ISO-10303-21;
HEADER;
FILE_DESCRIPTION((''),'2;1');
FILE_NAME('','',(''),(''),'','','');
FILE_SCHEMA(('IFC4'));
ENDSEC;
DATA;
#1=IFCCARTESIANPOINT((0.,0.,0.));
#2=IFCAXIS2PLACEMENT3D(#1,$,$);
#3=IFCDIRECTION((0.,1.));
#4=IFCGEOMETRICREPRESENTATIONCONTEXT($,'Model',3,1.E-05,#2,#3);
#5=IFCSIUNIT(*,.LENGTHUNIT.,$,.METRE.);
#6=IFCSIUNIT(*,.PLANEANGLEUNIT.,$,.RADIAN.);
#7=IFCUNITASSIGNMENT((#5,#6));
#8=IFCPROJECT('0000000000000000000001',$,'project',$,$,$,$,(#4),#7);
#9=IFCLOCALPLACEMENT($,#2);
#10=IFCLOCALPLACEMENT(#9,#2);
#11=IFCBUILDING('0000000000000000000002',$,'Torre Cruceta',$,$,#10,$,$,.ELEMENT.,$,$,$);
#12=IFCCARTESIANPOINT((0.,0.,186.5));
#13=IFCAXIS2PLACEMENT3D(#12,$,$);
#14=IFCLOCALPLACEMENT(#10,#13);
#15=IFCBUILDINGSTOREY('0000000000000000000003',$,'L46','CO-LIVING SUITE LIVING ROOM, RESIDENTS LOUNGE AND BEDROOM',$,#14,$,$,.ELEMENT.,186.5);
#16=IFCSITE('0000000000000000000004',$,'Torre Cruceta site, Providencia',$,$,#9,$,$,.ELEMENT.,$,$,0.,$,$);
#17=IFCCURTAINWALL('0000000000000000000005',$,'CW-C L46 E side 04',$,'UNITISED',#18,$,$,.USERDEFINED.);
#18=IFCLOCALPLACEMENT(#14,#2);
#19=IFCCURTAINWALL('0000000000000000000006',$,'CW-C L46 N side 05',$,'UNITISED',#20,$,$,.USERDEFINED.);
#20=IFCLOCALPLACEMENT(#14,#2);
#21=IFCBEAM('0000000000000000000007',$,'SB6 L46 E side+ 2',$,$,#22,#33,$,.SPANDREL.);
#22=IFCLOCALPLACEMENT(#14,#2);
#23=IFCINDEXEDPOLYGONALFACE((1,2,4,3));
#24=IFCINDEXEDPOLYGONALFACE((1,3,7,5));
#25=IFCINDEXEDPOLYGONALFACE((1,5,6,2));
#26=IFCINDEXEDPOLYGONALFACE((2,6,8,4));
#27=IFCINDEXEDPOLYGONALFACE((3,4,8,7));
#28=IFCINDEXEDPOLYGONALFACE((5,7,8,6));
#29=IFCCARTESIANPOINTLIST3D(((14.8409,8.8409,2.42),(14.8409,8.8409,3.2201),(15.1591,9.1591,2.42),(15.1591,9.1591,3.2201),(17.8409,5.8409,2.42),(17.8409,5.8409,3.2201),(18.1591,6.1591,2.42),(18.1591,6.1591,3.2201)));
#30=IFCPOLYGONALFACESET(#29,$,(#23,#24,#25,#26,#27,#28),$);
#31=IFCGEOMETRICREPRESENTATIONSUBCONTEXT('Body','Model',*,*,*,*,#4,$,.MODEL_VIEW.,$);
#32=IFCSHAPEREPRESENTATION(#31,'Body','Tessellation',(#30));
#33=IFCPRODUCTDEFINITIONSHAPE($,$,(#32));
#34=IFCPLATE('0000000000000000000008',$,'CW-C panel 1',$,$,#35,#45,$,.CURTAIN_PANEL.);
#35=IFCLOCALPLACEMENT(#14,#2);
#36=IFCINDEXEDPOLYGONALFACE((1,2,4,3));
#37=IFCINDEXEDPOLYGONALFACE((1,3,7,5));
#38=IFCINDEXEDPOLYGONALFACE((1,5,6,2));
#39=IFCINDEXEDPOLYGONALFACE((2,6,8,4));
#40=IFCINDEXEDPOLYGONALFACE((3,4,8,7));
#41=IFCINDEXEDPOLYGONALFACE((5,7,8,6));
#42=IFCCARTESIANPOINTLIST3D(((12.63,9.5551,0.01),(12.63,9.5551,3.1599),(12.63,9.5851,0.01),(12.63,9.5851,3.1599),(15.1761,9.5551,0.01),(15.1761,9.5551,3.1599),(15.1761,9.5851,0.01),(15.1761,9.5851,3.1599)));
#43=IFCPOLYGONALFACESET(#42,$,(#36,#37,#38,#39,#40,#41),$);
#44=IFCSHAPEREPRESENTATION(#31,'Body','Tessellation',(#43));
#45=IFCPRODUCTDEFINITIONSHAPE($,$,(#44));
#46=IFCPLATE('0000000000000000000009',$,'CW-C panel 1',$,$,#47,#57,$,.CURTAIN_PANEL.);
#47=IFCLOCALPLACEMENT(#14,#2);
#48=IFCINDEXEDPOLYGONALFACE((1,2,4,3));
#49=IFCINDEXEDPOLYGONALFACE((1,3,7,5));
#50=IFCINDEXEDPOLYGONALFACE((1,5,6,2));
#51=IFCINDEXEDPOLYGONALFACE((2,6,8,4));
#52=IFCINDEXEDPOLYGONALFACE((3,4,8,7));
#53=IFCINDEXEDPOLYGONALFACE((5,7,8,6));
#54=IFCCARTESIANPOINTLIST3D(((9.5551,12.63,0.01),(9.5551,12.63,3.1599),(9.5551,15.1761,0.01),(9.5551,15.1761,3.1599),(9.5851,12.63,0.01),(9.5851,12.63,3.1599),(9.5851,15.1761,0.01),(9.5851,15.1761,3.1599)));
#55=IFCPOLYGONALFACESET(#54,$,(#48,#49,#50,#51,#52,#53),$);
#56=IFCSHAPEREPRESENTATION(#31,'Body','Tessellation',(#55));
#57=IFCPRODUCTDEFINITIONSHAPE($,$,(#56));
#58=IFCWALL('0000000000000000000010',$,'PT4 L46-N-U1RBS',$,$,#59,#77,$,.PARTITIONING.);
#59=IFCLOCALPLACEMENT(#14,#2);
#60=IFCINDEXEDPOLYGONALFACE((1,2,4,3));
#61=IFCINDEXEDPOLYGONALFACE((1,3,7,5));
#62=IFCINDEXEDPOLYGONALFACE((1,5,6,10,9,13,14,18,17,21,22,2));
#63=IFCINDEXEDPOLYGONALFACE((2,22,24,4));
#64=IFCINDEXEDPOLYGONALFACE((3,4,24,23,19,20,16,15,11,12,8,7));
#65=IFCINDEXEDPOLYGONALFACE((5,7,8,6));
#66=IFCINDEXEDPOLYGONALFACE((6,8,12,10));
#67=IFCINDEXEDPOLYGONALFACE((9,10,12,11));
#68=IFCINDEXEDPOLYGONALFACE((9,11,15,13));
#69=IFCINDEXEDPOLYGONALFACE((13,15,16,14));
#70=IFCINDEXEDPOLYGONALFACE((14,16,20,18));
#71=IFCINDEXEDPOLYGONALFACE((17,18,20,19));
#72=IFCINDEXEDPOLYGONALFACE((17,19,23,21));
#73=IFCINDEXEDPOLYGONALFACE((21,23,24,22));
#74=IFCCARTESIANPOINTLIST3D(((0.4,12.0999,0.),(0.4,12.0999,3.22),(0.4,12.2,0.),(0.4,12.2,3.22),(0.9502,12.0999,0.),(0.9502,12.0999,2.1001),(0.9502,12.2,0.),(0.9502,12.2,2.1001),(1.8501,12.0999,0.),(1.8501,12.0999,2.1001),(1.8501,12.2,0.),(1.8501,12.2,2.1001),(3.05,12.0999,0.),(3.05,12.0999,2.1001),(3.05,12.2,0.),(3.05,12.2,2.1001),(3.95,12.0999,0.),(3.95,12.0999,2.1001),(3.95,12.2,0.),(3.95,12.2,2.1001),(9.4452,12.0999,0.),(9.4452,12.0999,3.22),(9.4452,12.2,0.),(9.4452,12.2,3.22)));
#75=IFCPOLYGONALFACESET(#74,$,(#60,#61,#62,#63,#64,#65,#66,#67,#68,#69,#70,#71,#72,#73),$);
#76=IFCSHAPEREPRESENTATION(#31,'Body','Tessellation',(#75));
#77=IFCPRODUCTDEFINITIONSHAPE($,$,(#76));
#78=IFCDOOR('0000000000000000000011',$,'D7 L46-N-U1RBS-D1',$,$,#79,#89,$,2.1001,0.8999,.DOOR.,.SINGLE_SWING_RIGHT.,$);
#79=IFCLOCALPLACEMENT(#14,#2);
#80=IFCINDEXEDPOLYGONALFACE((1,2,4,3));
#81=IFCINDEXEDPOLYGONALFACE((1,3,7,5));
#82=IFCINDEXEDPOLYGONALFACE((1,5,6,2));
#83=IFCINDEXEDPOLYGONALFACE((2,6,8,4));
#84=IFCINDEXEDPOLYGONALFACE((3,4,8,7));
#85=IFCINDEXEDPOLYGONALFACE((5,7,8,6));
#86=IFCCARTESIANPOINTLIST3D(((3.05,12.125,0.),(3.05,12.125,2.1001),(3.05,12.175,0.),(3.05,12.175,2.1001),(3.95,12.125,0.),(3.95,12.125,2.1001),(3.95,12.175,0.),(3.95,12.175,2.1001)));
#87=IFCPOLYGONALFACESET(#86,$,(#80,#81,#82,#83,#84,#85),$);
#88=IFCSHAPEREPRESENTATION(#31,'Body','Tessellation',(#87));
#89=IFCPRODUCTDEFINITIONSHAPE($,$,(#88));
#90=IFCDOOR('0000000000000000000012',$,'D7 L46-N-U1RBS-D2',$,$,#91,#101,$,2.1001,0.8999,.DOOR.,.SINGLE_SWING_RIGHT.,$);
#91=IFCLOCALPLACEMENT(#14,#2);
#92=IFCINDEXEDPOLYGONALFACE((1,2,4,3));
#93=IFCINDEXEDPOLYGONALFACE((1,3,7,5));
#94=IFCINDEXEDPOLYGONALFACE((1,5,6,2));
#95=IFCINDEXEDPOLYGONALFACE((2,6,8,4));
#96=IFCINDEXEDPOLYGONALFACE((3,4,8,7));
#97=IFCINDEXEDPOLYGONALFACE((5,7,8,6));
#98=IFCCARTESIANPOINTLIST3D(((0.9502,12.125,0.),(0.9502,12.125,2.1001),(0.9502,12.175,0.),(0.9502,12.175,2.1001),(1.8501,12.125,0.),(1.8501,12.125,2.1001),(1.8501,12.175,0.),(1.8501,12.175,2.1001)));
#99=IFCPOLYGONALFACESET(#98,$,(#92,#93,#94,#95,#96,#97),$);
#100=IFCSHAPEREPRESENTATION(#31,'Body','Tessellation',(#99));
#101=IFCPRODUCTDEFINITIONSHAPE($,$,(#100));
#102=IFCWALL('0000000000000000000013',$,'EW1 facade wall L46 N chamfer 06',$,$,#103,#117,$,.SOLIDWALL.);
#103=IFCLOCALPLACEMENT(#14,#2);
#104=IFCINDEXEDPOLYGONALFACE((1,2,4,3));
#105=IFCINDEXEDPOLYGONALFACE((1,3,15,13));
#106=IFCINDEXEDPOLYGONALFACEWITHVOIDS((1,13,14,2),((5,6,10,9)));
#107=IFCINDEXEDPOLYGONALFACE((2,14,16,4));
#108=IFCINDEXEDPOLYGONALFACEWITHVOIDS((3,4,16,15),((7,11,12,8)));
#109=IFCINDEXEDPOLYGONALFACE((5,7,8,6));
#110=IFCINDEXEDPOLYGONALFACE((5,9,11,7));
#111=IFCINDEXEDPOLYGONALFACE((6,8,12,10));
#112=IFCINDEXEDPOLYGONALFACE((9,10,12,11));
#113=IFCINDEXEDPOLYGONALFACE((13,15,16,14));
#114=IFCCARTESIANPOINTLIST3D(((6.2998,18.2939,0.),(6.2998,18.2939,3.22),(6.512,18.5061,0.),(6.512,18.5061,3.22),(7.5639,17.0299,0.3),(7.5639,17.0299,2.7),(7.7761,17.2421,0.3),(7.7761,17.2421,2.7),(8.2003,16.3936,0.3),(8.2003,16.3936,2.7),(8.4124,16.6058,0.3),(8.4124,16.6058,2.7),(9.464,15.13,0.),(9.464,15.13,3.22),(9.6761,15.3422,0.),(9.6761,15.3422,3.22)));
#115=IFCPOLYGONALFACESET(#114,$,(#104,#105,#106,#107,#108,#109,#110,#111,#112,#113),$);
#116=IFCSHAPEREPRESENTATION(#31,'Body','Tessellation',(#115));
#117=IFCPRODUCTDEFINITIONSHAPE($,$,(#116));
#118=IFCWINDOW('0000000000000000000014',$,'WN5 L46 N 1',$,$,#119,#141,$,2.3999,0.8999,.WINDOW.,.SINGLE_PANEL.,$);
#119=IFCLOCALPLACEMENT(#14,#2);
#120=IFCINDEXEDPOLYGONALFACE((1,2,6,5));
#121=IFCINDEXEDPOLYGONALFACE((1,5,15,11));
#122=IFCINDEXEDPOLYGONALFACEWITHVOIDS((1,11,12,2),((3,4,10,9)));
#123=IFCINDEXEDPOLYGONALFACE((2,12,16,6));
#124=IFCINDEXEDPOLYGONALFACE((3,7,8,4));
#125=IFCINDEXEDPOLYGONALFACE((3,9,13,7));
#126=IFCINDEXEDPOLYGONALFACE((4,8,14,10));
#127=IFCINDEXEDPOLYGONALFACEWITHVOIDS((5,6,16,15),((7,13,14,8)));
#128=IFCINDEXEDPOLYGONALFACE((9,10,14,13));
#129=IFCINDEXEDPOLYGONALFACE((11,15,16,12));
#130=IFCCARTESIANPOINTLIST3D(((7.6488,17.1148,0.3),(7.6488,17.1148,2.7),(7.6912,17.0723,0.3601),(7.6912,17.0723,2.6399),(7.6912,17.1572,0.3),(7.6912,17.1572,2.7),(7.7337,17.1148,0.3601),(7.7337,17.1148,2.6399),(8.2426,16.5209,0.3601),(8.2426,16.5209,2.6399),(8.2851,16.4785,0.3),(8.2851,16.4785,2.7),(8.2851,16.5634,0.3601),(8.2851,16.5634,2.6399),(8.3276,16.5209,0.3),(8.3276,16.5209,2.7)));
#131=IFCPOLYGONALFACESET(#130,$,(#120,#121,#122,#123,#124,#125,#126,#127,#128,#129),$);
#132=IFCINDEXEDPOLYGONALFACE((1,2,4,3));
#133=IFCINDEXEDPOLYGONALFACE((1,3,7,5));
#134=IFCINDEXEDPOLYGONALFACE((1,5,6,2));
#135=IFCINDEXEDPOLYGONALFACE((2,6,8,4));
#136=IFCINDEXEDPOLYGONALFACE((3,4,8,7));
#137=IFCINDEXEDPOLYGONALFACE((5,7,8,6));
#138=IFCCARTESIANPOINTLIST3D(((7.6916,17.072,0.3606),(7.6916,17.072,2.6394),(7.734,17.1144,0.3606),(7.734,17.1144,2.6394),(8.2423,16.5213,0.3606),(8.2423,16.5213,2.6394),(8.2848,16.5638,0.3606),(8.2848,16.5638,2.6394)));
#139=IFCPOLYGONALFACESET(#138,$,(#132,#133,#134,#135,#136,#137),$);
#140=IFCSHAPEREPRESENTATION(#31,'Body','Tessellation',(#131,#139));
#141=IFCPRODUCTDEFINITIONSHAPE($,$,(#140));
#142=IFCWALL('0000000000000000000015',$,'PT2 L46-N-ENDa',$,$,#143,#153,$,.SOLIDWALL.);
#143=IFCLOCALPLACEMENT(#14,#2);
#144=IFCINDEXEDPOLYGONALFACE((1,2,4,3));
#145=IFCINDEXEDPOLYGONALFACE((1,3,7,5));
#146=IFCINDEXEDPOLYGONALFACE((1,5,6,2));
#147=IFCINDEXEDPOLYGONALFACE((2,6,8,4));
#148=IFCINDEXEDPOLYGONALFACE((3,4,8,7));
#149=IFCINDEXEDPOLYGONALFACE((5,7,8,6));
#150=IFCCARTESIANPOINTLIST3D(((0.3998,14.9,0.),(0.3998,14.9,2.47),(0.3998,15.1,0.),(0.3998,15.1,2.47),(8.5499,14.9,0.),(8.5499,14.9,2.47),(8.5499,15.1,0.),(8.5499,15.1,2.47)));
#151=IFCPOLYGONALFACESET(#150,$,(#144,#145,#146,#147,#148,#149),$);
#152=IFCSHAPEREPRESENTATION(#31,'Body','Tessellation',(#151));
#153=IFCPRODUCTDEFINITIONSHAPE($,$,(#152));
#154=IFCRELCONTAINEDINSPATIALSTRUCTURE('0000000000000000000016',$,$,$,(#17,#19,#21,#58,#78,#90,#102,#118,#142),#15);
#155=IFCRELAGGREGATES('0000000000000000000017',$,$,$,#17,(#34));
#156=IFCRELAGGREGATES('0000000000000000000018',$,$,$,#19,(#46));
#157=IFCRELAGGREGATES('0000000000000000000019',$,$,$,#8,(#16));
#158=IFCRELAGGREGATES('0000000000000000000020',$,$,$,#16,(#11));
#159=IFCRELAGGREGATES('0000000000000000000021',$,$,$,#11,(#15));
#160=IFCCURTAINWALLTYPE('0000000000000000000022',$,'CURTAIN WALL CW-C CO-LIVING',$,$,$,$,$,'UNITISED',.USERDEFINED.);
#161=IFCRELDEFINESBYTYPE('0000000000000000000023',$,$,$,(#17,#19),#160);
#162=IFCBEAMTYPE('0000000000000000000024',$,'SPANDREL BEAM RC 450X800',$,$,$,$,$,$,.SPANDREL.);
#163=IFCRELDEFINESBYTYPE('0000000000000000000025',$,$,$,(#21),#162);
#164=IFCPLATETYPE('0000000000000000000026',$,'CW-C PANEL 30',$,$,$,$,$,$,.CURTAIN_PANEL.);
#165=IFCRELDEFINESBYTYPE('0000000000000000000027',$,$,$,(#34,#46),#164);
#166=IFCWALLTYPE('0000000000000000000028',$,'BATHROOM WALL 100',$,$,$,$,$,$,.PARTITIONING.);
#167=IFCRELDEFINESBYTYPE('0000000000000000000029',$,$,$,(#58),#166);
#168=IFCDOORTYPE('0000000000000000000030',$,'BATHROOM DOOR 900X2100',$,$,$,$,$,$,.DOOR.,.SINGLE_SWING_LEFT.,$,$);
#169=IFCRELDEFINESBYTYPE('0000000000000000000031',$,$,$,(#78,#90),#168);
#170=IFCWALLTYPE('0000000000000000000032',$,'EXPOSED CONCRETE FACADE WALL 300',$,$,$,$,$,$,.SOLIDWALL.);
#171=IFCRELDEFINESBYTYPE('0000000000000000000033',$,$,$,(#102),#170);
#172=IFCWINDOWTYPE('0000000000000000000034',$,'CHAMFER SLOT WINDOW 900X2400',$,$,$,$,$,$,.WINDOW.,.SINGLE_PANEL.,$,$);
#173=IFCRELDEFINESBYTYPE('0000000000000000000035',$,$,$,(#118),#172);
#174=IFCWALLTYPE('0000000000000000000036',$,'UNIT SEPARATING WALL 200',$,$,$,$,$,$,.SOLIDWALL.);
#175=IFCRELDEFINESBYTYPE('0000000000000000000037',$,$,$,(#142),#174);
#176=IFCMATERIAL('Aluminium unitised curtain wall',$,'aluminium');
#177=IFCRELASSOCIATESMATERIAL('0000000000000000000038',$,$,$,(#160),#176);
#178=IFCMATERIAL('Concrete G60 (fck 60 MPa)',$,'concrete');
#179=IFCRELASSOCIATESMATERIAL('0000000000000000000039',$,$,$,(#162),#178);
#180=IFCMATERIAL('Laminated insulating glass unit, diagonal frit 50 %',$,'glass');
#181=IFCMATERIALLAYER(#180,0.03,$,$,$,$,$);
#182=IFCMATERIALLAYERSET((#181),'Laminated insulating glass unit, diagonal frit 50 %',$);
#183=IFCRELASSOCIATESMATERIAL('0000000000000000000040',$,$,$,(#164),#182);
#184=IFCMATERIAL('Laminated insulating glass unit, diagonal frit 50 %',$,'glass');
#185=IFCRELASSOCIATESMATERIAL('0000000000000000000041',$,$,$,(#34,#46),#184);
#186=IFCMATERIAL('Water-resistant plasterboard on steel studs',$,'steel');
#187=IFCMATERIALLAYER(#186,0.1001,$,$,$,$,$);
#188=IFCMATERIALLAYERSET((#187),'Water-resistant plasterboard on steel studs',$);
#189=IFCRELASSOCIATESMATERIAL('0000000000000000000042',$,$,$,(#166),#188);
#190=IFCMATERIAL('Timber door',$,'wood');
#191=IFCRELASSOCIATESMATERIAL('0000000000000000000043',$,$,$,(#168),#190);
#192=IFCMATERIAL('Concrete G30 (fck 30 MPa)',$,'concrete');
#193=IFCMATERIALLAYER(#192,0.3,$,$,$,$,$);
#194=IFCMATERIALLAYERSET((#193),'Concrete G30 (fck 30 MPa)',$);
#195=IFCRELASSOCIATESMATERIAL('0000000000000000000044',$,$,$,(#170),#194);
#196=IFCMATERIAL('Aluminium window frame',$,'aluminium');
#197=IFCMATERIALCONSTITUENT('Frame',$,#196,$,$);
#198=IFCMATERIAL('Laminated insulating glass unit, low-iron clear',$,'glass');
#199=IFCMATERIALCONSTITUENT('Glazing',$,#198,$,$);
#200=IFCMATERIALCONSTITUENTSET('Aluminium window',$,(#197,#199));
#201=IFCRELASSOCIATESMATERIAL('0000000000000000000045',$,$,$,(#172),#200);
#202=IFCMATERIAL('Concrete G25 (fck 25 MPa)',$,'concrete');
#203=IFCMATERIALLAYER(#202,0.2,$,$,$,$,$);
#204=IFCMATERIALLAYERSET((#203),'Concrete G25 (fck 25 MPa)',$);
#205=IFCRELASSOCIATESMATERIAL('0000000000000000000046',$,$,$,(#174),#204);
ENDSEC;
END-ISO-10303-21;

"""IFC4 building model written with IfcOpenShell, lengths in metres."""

from ifc_helpers import new_model, si_unit, direction, frame, frame_2d, origin, origin_2d, place, context, subcontext, project, spatial, rectangle, hollow_rectangle, extrude, material, layer, layer_set, constituent, constituent_set, material_profile, profile_set, type_object, element, fill, aggregate, save


model = new_model("IFC4")

# Units and contexts
model_context = context("Model", 3, precision=1e-05, world=origin(), true_north=direction((0.0, 1.0)))
body_context = subcontext(model_context, "Body", "Model", "MODEL_VIEW")
ifc_project = project(units=[si_unit("LENGTHUNIT", "METRE"), si_unit("PLANEANGLEUNIT", "RADIAN")], contexts=[model_context])

# Site, building, storey
site_placement = place(None, origin())
site = spatial("IfcSite", under=ifc_project, at=site_placement, Name="Torre Cruceta site, Providencia", CompositionType="ELEMENT", RefElevation=0.0)
building_placement = place(site_placement, origin())
building = spatial("IfcBuilding", under=site, at=building_placement, Name="Torre Cruceta", CompositionType="ELEMENT")
storey_placement = place(building_placement, frame((0.0, 0.0, 186.5)))
storey = spatial("IfcBuildingStorey", under=building, at=storey_placement, Name="L46", Description="CO-LIVING SUITE LIVING ROOM, RESIDENTS LOUNGE AND BEDROOM", CompositionType="ELEMENT", Elevation=186.5)

# Curtain walls
ifc_material_1 = material(Name="Aluminium unitised curtain wall", Category="aluminium")
curtain_wall_type = type_object("IfcCurtainWallType", Name="CURTAIN WALL CW-C CO-LIVING", ElementType="UNITISED", PredefinedType="USERDEFINED", material=ifc_material_1)
curtain_wall_1_placement = place(storey_placement, origin())
curtain_wall_1 = element("IfcCurtainWall", 1, at=curtain_wall_1_placement, inside=storey, type_object=curtain_wall_type, Name="CW-C L46 E side 04", ObjectType="UNITISED", PredefinedType="USERDEFINED")
curtain_wall_2_placement = place(storey_placement, origin())
curtain_wall_2 = element("IfcCurtainWall", 2, at=curtain_wall_2_placement, inside=storey, type_object=curtain_wall_type, Name="CW-C L46 N side 05", ObjectType="UNITISED", PredefinedType="USERDEFINED")

# Beam
ifc_material_2 = material(Name="Concrete G60 (fck 60 MPa)", Category="concrete")
ifc_material_profile_1 = material_profile(ifc_material_2, rectangle(XDim=0.45, YDim=0.8, at=origin_2d()), Name="RC 450X800")
ifc_profile_set_1 = profile_set([ifc_material_profile_1], Name="Concrete G60 (fck 60 MPa)")
beam_type_1 = type_object("IfcBeamType", Name="SPANDREL BEAM RC 450X800", PredefinedType="SPANDREL", material=ifc_profile_set_1)
for number, where, z_axis, x_axis, name in (
    (3, (15.0, 9.0, 2.8201), (0.707107, -0.707107, 0.0), (0.707107, 0.707107, 0.0), "SB6 L46 E side+ 2"),
):
    element("IfcBeam", number, at=place(storey_placement, frame(where, z_axis=z_axis, x_axis=x_axis)), inside=storey, type_object=beam_type_1, Name=name, PredefinedType="SPANDREL", context=body_context, shape_type="SweptSolid", body=[
        extrude(rectangle(XDim=0.45, YDim=0.8, at=origin_2d()), origin(), (0.0, 0.0, 1.0), 4.2427),
    ])

# Plates
ifc_material_3 = material(Name="Laminated insulating glass unit, diagonal frit 50 %", Category="glass")
ifc_material_4 = material(Name="Laminated insulating glass unit, diagonal frit 50 %", Category="glass")
ifc_layer_1 = layer(ifc_material_4, 0.03)
ifc_layer_set_1 = layer_set([ifc_layer_1], Name="Laminated insulating glass unit, diagonal frit 50 %")
plate_type = type_object("IfcPlateType", Name="CW-C PANEL 30", PredefinedType="CURTAIN_PANEL", material=ifc_layer_set_1)
plate_1_placement = place(storey_placement, frame((13.9031, 9.5701, 0.01), z_axis=(0.0, 0.0, 1.0), x_axis=(-1.0, 0.0, 0.0)))
plate_1 = element("IfcPlate", 4, at=plate_1_placement, type_object=plate_type, material=ifc_material_3, Name="CW-C panel 1", PredefinedType="CURTAIN_PANEL", context=body_context, shape_type="SweptSolid", body=[
    extrude(rectangle(XDim=2.5461, YDim=0.03, at=origin_2d()), origin(), (0.0, 0.0, 1.0), 3.1499),
])
aggregate(curtain_wall_1, [plate_1])
plate_2_placement = place(storey_placement, frame((9.5701, 13.9031, 0.01), z_axis=(0.0, 0.0, 1.0), x_axis=(0.0, 1.0, 0.0)))
plate_2 = element("IfcPlate", 5, at=plate_2_placement, type_object=plate_type, material=ifc_material_3, Name="CW-C panel 1", PredefinedType="CURTAIN_PANEL", context=body_context, shape_type="SweptSolid", body=[
    extrude(rectangle(XDim=2.5461, YDim=0.03, at=origin_2d()), origin(), (0.0, 0.0, 1.0), 3.1499),
])
aggregate(curtain_wall_2, [plate_2])

# Wall, openings, doors
ifc_material_5 = material(Name="Water-resistant plasterboard on steel studs", Category="steel")
ifc_layer_2 = layer(ifc_material_5, 0.1001)
ifc_layer_set_2 = layer_set([ifc_layer_2], Name="Water-resistant plasterboard on steel studs")
wall_type_1 = type_object("IfcWallType", Name="BATHROOM WALL 100", PredefinedType="PARTITIONING", material=ifc_layer_set_2)
wall_1_placement = place(storey_placement, frame((9.4451, 12.1499, 0.0), z_axis=(0.0, 0.0, 1.0), x_axis=(-1.0, 0.0, 0.0)))
wall_1 = element("IfcWall", 6, at=wall_1_placement, inside=storey, type_object=wall_type_1, Name="PT4 L46-N-U1RBS", PredefinedType="PARTITIONING", context=body_context, shape_type="SweptSolid", body=[
    extrude(rectangle(XDim=9.0452, YDim=0.1001, at=frame_2d((4.5225, 0.0))), origin(), (0.0, 0.0, 1.0), 3.22),
])
opening_1_placement = place(wall_1_placement, frame((5.4951, 0.0, 0.0)))
opening_1 = element("IfcOpeningElement", 7, at=opening_1_placement, cuts=wall_1, PredefinedType="OPENING", context=body_context, shape_type="SweptSolid", body=[
    extrude(rectangle(XDim=0.8999, YDim=2.1001, at=frame_2d((0.45, 1.05))), frame((0.0, 0.0601, 0.0), z_axis=(0.0, -1.0, 0.0), x_axis=(1.0, 0.0, 0.0)), (0.0, 0.0, 1.0), 0.1201),
])
opening_2_placement = place(wall_1_placement, frame((7.595, 0.0, 0.0)))
opening_2 = element("IfcOpeningElement", 8, at=opening_2_placement, cuts=wall_1, PredefinedType="OPENING", context=body_context, shape_type="SweptSolid", body=[
    extrude(rectangle(XDim=0.8999, YDim=2.1001, at=frame_2d((0.45, 1.05))), frame((0.0, 0.0601, 0.0), z_axis=(0.0, -1.0, 0.0), x_axis=(1.0, 0.0, 0.0)), (0.0, 0.0, 1.0), 0.1201),
])
ifc_material_6 = material(Name="Timber door", Category="wood")
door_type_1 = type_object("IfcDoorType", Name="BATHROOM DOOR 900X2100", OperationType="SINGLE_SWING_LEFT", PredefinedType="DOOR", material=ifc_material_6)
door_1_placement = place(opening_1_placement, origin())
door_1 = element("IfcDoor", 9, at=door_1_placement, inside=storey, type_object=door_type_1, Name="D7 L46-N-U1RBS-D1", OperationType="SINGLE_SWING_RIGHT", OverallHeight=2.1001, OverallWidth=0.8999, PredefinedType="DOOR", context=body_context, shape_type="SweptSolid", body=[
    extrude(rectangle(XDim=0.8999, YDim=2.1001, at=frame_2d((0.45, 1.05))), frame((0.0, 0.0249, 0.0), z_axis=(0.0, -1.0, 0.0), x_axis=(1.0, 0.0, 0.0)), (0.0, 0.0, 1.0), 0.05),
])
fill(opening_1, door_1)
door_2_placement = place(opening_2_placement, origin())
door_2 = element("IfcDoor", 10, at=door_2_placement, inside=storey, type_object=door_type_1, Name="D7 L46-N-U1RBS-D2", OperationType="SINGLE_SWING_RIGHT", OverallHeight=2.1001, OverallWidth=0.8999, PredefinedType="DOOR", context=body_context, shape_type="SweptSolid", body=[
    extrude(rectangle(XDim=0.8999, YDim=2.1001, at=frame_2d((0.45, 1.05))), frame((0.0, 0.0249, 0.0), z_axis=(0.0, -1.0, 0.0), x_axis=(1.0, 0.0, 0.0)), (0.0, 0.0, 1.0), 0.05),
])
fill(opening_2, door_2)

# Wall, opening, window
ifc_material_7 = material(Name="Concrete G30 (fck 30 MPa)", Category="concrete")
ifc_layer_3 = layer(ifc_material_7, 0.3)
ifc_layer_set_3 = layer_set([ifc_layer_3], Name="Concrete G30 (fck 30 MPa)")
wall_type_2 = type_object("IfcWallType", Name="EXPOSED CONCRETE FACADE WALL 300", PredefinedType="SOLIDWALL", material=ifc_layer_set_3)
wall_2_placement = place(storey_placement, frame((9.5701, 15.2361, 0.0), z_axis=(0.0, 0.0, 1.0), x_axis=(-0.707134, 0.707079, 0.0)))
wall_2 = element("IfcWall", 11, at=wall_2_placement, inside=storey, type_object=wall_type_2, Name="EW1 facade wall L46 N chamfer 06", PredefinedType="SOLIDWALL", context=body_context, shape_type="SweptSolid", body=[
    extrude(rectangle(XDim=4.4746, YDim=0.3, at=frame_2d((2.2373, 0.0))), origin(), (0.0, 0.0, 1.0), 3.22),
])
opening_3_placement = place(wall_2_placement, frame((1.7871, 0.0, 0.3)))
opening_3 = element("IfcOpeningElement", 12, at=opening_3_placement, cuts=wall_2, PredefinedType="OPENING", context=body_context, shape_type="SweptSolid", body=[
    extrude(rectangle(XDim=0.8999, YDim=2.3999, at=frame_2d((0.45, 1.2))), frame((0.0, 0.1599, 0.0), z_axis=(0.0, -1.0, 0.0), x_axis=(1.0, 0.0, 0.0)), (0.0, 0.0, 1.0), 0.3201),
])
ifc_material_8 = material(Name="Aluminium window frame", Category="aluminium")
ifc_constituent_1 = constituent(ifc_material_8, Name="Frame")
ifc_material_9 = material(Name="Laminated insulating glass unit, low-iron clear", Category="glass")
ifc_constituent_2 = constituent(ifc_material_9, Name="Glazing")
ifc_constituent_set_1 = constituent_set(constituents=[ifc_constituent_1, ifc_constituent_2], Name="Aluminium window")
window_type = type_object("IfcWindowType", Name="CHAMFER SLOT WINDOW 900X2400", PartitioningType="SINGLE_PANEL", PredefinedType="WINDOW", material=ifc_constituent_set_1)
window_placement = place(opening_3_placement, origin())
window = element("IfcWindow", 13, at=window_placement, inside=storey, type_object=window_type, Name="WN5 L46 N 1", OverallHeight=2.3999, OverallWidth=0.8999, PartitioningType="SINGLE_PANEL", PredefinedType="WINDOW", context=body_context, shape_type="SweptSolid", body=[
    extrude(hollow_rectangle(XDim=0.8999, YDim=2.3999, WallThickness=0.0601, at=frame_2d((0.45, 1.2))), frame((0.0, 0.03, 0.0), z_axis=(0.0, -1.0, 0.0), x_axis=(1.0, 0.0, 0.0)), (0.0, 0.0, 1.0), 0.0601),
    extrude(rectangle(XDim=0.7788, YDim=2.2788, at=frame_2d((0.45, 1.2))), frame((0.0, 0.03, 0.0), z_axis=(0.0, -1.0, 0.0), x_axis=(1.0, 0.0, 0.0)), (0.0, 0.0, 1.0), 0.0601),
])
fill(opening_3, window)

# Wall
ifc_material_10 = material(Name="Concrete G25 (fck 25 MPa)", Category="concrete")
ifc_layer_4 = layer(ifc_material_10, 0.2)
ifc_layer_set_4 = layer_set([ifc_layer_4], Name="Concrete G25 (fck 25 MPa)")
wall_type_3 = type_object("IfcWallType", Name="UNIT SEPARATING WALL 200", PredefinedType="SOLIDWALL", material=ifc_layer_set_4)
wall_3_placement = place(storey_placement, frame((8.55, 15.0, 0.0), z_axis=(0.0, 0.0, 1.0), x_axis=(-1.0, 0.0, 0.0)))
element("IfcWall", 14, at=wall_3_placement, inside=storey, type_object=wall_type_3, Name="PT2 L46-N-ENDa", PredefinedType="SOLIDWALL", context=body_context, shape_type="SweptSolid", body=[
    extrude(rectangle(XDim=8.1501, YDim=0.2, at=frame_2d((4.0752, 0.0))), origin(), (0.0, 0.0, 1.0), 2.47),
])

save(model, "model.ifc")
